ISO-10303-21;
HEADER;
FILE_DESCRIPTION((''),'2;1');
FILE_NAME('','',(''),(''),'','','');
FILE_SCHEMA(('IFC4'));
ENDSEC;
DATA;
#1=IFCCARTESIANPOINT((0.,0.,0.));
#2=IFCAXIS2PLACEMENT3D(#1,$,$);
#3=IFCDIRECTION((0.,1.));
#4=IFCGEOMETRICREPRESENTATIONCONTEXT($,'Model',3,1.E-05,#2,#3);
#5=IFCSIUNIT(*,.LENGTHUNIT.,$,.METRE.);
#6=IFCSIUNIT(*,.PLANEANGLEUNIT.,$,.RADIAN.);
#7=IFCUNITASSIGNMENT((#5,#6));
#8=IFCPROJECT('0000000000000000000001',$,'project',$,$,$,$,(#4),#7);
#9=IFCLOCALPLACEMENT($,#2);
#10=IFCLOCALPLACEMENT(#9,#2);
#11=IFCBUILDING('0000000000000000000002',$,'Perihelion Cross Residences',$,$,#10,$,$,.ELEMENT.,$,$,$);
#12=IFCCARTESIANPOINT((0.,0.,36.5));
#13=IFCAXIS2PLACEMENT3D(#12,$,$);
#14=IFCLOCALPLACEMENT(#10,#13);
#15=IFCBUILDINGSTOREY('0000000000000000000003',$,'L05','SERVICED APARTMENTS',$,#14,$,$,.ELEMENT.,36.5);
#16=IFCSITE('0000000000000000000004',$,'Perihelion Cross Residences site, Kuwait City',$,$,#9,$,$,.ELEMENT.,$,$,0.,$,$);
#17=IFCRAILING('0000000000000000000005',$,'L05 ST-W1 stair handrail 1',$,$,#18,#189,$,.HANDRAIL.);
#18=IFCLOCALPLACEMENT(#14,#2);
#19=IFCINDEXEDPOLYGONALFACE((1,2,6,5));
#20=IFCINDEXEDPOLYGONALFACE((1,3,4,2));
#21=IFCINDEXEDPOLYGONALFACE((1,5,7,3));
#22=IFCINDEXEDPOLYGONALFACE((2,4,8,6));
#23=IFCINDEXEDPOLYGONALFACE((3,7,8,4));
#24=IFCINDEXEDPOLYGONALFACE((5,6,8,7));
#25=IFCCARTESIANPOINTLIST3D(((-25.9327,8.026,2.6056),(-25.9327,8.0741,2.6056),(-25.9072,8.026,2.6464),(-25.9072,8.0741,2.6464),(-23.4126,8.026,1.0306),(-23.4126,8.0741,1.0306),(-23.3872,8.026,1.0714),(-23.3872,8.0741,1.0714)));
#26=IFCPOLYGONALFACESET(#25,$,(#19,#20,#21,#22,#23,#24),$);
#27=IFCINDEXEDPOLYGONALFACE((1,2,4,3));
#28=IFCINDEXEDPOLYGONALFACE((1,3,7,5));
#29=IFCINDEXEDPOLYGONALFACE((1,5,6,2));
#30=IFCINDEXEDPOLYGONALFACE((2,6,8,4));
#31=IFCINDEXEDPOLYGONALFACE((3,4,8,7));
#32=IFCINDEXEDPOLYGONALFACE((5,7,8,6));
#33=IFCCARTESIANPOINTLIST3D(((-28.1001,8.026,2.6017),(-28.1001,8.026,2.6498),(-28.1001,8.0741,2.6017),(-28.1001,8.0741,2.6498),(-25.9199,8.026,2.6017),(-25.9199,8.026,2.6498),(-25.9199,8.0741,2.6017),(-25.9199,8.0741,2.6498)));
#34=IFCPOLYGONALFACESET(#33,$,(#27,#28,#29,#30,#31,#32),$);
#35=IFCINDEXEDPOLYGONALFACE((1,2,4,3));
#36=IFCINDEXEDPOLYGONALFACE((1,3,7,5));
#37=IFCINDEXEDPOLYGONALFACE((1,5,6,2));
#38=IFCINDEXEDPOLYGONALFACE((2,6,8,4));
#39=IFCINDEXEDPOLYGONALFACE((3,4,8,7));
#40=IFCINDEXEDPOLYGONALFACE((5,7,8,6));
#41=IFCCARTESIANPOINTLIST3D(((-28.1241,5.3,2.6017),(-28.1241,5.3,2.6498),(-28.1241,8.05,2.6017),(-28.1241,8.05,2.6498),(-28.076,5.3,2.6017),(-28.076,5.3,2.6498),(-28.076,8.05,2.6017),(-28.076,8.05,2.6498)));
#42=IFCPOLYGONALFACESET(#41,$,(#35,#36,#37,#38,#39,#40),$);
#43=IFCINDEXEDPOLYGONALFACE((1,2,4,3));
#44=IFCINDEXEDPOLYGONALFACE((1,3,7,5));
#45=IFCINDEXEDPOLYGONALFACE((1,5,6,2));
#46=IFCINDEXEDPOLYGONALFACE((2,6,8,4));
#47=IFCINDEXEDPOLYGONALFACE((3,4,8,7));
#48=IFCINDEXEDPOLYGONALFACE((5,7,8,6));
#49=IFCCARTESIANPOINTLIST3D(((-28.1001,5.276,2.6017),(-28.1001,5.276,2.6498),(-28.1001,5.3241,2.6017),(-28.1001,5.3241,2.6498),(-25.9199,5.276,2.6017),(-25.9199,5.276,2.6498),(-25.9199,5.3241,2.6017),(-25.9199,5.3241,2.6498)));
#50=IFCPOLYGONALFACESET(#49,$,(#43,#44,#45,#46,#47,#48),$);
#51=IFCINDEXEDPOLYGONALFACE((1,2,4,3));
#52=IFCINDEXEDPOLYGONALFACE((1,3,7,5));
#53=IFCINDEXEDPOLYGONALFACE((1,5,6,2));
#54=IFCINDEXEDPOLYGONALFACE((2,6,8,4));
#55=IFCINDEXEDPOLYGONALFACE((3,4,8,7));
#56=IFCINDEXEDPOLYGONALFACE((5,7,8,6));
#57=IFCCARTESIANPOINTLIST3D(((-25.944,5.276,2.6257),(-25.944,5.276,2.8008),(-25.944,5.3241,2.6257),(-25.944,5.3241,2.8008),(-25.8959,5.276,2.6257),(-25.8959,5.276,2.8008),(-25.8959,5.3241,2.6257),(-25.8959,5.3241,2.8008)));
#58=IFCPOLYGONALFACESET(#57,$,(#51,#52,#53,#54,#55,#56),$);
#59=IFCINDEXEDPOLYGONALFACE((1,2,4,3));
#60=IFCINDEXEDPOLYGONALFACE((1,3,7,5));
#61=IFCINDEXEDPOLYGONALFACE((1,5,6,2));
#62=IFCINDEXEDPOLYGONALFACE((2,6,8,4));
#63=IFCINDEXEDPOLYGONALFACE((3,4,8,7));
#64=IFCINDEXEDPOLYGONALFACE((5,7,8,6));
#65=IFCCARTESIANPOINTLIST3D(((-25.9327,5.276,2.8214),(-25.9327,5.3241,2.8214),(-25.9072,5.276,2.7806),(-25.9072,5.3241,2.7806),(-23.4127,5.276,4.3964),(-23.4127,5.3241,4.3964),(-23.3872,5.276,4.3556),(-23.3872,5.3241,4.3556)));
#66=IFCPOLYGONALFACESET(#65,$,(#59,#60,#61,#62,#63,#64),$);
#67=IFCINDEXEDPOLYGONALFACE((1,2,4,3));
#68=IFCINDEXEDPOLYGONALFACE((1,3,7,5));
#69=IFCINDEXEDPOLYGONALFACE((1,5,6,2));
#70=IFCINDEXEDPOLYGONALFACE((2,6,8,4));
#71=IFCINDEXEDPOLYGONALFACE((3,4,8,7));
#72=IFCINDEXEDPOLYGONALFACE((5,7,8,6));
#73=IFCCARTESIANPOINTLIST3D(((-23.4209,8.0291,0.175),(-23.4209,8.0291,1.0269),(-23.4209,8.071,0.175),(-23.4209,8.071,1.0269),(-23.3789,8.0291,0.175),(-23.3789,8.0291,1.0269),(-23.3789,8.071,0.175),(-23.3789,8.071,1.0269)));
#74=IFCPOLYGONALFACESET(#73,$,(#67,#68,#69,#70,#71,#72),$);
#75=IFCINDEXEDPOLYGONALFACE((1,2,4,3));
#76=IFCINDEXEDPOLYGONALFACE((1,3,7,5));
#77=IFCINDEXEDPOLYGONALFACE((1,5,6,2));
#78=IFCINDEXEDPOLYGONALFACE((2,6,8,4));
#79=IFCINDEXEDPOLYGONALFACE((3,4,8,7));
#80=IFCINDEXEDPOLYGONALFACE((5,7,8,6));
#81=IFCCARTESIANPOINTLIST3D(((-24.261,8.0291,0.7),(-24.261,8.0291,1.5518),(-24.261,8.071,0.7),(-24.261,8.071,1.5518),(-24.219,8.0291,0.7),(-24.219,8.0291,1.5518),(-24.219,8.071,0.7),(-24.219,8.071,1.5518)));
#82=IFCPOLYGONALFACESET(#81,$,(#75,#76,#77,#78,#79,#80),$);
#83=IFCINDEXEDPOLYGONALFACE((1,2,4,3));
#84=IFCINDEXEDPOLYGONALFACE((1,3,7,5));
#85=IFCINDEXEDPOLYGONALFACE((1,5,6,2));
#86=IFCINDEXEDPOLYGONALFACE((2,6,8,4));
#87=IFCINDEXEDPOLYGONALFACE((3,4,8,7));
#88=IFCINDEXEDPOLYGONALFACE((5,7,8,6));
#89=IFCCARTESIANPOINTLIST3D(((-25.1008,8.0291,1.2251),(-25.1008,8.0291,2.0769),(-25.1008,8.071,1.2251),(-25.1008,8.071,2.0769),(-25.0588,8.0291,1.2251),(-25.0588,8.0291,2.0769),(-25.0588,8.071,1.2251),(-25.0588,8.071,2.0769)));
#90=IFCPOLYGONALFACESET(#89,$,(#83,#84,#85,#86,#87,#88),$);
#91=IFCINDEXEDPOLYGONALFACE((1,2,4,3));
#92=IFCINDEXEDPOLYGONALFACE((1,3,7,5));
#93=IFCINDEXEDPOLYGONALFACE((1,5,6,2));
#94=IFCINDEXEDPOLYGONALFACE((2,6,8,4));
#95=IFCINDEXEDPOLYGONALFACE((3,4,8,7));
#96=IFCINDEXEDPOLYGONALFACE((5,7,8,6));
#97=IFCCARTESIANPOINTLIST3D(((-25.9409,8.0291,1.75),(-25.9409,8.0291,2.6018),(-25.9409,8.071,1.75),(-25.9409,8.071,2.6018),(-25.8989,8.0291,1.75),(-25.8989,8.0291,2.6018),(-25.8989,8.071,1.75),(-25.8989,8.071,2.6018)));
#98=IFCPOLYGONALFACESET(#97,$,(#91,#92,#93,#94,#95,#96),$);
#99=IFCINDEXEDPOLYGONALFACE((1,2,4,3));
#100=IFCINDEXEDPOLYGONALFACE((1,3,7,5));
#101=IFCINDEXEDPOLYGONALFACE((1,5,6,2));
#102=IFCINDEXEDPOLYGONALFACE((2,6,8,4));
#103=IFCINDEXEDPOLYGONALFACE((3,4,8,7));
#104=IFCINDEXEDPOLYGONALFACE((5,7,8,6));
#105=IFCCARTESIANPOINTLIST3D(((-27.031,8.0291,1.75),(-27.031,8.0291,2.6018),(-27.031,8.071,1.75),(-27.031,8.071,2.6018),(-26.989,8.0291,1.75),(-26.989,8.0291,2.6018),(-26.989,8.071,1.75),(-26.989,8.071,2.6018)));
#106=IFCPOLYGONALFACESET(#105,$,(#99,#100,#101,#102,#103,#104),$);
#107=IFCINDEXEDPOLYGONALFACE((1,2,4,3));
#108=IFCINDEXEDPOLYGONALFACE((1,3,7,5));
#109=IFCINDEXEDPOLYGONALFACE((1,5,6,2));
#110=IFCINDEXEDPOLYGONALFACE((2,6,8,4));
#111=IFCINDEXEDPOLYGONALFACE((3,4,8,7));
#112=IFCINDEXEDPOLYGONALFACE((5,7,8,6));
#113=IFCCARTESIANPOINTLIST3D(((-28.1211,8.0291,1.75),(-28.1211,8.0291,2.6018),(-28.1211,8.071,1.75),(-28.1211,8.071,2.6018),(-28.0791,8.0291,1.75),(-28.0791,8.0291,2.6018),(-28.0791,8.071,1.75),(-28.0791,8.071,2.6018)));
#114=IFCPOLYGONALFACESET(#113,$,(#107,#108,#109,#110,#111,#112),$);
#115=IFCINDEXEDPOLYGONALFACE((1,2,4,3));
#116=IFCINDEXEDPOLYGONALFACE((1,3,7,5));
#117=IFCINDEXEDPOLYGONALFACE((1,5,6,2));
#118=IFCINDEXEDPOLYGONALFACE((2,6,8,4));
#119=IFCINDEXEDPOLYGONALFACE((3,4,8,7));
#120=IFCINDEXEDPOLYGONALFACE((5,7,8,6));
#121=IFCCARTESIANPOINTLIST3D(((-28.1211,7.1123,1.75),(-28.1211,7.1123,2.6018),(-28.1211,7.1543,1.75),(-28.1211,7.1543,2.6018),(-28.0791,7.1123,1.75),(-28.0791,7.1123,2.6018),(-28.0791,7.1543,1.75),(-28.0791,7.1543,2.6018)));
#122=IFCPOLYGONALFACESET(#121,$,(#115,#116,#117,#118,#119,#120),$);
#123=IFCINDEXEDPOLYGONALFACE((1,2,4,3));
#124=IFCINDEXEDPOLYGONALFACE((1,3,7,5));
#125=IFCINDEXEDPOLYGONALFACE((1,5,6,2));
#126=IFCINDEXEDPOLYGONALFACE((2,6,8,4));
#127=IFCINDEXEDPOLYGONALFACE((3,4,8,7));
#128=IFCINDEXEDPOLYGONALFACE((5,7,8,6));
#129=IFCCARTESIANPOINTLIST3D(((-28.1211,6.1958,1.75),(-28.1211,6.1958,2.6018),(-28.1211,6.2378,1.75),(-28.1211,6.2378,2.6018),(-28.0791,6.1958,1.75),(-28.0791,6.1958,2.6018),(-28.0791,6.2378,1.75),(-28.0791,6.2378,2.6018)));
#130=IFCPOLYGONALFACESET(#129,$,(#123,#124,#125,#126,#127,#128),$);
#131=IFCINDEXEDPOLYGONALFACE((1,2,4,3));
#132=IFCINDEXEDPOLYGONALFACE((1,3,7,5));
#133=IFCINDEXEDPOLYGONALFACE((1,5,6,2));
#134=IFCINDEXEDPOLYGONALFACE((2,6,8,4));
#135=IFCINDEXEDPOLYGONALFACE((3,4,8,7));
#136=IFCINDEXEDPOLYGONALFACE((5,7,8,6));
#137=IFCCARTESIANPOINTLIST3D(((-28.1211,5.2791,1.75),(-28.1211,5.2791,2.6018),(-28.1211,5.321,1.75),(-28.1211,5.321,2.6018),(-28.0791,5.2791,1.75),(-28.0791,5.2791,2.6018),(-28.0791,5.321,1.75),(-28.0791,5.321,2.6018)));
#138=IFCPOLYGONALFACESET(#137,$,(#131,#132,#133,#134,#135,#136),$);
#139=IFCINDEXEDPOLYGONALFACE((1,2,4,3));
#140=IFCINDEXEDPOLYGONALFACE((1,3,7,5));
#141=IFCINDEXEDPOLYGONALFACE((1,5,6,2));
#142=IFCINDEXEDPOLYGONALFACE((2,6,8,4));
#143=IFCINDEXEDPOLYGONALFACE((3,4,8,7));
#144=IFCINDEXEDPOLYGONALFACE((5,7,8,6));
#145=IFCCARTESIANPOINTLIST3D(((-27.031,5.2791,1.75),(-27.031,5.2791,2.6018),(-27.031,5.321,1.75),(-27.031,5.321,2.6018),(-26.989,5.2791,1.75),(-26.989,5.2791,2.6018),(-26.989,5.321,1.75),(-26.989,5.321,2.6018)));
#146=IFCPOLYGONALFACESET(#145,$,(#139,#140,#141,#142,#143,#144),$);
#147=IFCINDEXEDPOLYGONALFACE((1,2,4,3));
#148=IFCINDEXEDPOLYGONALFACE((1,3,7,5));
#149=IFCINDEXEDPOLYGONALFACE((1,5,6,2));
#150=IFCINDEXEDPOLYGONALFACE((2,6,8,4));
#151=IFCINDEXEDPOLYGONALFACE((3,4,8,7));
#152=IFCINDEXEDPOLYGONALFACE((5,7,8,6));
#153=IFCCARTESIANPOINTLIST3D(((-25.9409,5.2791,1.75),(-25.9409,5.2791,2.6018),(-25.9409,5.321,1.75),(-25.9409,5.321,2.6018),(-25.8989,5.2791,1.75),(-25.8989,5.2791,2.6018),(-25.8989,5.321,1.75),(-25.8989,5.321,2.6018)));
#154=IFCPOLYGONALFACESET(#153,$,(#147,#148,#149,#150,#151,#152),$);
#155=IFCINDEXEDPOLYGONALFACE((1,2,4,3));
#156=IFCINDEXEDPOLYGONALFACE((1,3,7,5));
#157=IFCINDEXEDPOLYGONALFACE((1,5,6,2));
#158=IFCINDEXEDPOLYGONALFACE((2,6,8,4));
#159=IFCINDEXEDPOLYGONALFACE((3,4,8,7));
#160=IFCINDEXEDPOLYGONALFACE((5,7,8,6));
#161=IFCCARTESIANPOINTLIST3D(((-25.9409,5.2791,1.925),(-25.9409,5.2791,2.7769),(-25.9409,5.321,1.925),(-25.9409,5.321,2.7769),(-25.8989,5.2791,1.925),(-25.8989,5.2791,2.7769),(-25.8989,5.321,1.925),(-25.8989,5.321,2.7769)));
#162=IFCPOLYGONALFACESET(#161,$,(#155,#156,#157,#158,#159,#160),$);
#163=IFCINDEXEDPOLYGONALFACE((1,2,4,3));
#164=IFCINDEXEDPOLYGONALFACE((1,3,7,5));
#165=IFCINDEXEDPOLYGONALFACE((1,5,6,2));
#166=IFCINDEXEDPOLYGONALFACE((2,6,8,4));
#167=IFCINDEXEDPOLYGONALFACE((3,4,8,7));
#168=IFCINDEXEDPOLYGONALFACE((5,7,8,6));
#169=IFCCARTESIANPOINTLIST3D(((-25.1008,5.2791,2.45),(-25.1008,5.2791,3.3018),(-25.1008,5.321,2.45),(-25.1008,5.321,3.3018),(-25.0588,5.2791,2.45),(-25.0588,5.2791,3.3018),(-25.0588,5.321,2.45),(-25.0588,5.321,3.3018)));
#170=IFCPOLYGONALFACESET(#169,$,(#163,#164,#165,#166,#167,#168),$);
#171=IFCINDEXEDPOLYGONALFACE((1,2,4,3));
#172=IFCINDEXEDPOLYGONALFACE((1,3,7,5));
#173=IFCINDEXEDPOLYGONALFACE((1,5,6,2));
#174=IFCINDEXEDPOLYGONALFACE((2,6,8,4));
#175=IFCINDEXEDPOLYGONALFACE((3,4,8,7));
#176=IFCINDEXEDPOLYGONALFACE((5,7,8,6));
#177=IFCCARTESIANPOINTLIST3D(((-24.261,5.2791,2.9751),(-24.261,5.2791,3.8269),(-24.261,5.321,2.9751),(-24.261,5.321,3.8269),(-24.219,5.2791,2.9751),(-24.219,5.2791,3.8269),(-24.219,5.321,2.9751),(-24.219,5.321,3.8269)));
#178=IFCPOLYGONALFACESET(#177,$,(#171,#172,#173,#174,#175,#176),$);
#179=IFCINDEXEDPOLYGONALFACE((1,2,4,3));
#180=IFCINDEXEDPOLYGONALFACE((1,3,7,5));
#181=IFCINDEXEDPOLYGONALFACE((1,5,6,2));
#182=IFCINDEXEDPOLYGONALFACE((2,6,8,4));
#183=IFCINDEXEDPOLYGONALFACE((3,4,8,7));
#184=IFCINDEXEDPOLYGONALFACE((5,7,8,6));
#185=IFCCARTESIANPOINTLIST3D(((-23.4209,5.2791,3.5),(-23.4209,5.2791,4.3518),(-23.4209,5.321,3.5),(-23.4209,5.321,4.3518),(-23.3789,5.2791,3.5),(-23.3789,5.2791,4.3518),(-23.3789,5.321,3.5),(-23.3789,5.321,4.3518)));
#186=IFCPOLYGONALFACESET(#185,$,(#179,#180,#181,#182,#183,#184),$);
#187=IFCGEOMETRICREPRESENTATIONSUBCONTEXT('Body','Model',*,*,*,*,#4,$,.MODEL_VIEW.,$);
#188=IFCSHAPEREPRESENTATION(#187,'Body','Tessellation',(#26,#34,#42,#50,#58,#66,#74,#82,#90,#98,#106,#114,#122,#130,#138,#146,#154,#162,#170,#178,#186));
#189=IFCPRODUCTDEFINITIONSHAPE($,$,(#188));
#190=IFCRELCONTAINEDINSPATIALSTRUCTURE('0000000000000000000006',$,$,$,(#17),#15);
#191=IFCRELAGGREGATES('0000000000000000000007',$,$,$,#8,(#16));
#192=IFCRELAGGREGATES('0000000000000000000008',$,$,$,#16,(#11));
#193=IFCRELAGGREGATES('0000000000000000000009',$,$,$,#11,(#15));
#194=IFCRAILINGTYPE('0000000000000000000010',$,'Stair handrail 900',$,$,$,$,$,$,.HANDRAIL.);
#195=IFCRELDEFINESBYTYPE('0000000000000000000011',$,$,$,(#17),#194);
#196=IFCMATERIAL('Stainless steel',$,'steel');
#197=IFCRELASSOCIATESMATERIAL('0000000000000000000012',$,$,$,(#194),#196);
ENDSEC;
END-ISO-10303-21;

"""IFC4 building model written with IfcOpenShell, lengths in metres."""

from ifc_helpers import new_model, si_unit, direction, frame, origin, origin_2d, place, context, subcontext, project, spatial, rectangle, extrude, material, type_object, element, save


model = new_model("IFC4")

# Units and contexts
model_context = context("Model", 3, precision=1e-05, world=origin(), true_north=direction((0.0, 1.0)))
body_context = subcontext(model_context, "Body", "Model", "MODEL_VIEW")
ifc_project = project(units=[si_unit("LENGTHUNIT", "METRE"), si_unit("PLANEANGLEUNIT", "RADIAN")], contexts=[model_context])

# Site, building, storey
site_placement = place(None, origin())
site = spatial("IfcSite", under=ifc_project, at=site_placement, Name="Perihelion Cross Residences site, Kuwait City", CompositionType="ELEMENT", RefElevation=0.0)
building_placement = place(site_placement, origin())
building = spatial("IfcBuilding", under=site, at=building_placement, Name="Perihelion Cross Residences", CompositionType="ELEMENT")
storey_placement = place(building_placement, frame((0.0, 0.0, 36.5)))
storey = spatial("IfcBuildingStorey", under=building, at=storey_placement, Name="L05", Description="SERVICED APARTMENTS", CompositionType="ELEMENT", Elevation=36.5)

# Railing
ifc_material_1 = material(Name="Stainless steel", Category="steel")
railing_type_1 = type_object("IfcRailingType", Name="Stair handrail 900", PredefinedType="HANDRAIL", material=ifc_material_1)
railing_1_placement = place(storey_placement, frame((-23.3999, 8.05, 0.175)))
element("IfcRailing", 1, at=railing_1_placement, inside=storey, type_object=railing_type_1, Name="L05 ST-W1 stair handrail 1", PredefinedType="HANDRAIL", context=body_context, shape_type="SweptSolid", body=[
    extrude(rectangle(XDim=0.0481, YDim=0.0481, at=origin_2d()), frame((0.0, 0.0, 0.876), z_axis=(-0.848008, 0.0, 0.529984), x_axis=(0.0, -1.0, 0.0)), (0.0, 0.0, 1.0), 2.9717),
    extrude(rectangle(XDim=0.0481, YDim=0.0481, at=origin_2d()), frame((-2.52, 0.0, 2.4507), z_axis=(-1.0, 0.0, 0.0), x_axis=(0.0, -1.0, 0.0)), (0.0, 0.0, 1.0), 2.1802),
    extrude(rectangle(XDim=0.0481, YDim=0.0481, at=origin_2d()), frame((-4.7002, 0.0, 2.4507), z_axis=(0.0, -1.0, 0.0), x_axis=(1.0, 0.0, 0.0)), (0.0, 0.0, 1.0), 2.75),
    extrude(rectangle(XDim=0.0481, YDim=0.0481, at=origin_2d()), frame((-4.7002, -2.75, 2.4507), z_axis=(1.0, 0.0, 0.0), x_axis=(0.0, 1.0, 0.0)), (0.0, 0.0, 1.0), 2.1802),
    extrude(rectangle(XDim=0.0481, YDim=0.0481, at=origin_2d()), frame((-2.52, -2.75, 2.4507), z_axis=(0.0, 0.0, 1.0), x_axis=(1.0, 0.0, 0.0)), (0.0, 0.0, 1.0), 0.175),
    extrude(rectangle(XDim=0.0481, YDim=0.0481, at=origin_2d()), frame((-2.52, -2.75, 2.626), z_axis=(0.848008, 0.0, 0.529984), x_axis=(0.0, 1.0, 0.0)), (0.0, 0.0, 1.0), 2.9717),
    extrude(rectangle(XDim=0.042, YDim=0.042, at=origin_2d()), origin(), (0.0, 0.0, 1.0), 0.8518),
    extrude(rectangle(XDim=0.042, YDim=0.042, at=origin_2d()), frame((-0.8401, 0.0, 0.5249)), (0.0, 0.0, 1.0), 0.8518),
    extrude(rectangle(XDim=0.042, YDim=0.042, at=origin_2d()), frame((-1.6799, 0.0, 1.05)), (0.0, 0.0, 1.0), 0.8518),
    extrude(rectangle(XDim=0.042, YDim=0.042, at=origin_2d()), frame((-2.52, 0.0, 1.575)), (0.0, 0.0, 1.0), 0.8518),
    extrude(rectangle(XDim=0.042, YDim=0.042, at=origin_2d()), frame((-3.6101, 0.0, 1.575)), (0.0, 0.0, 1.0), 0.8518),
    extrude(rectangle(XDim=0.042, YDim=0.042, at=origin_2d()), frame((-4.7002, 0.0, 1.575)), (0.0, 0.0, 1.0), 0.8518),
    extrude(rectangle(XDim=0.042, YDim=0.042, at=origin_2d()), frame((-4.7002, -0.9167, 1.575)), (0.0, 0.0, 1.0), 0.8518),
    extrude(rectangle(XDim=0.042, YDim=0.042, at=origin_2d()), frame((-4.7002, -1.8333, 1.575)), (0.0, 0.0, 1.0), 0.8518),
    extrude(rectangle(XDim=0.042, YDim=0.042, at=origin_2d()), frame((-4.7002, -2.75, 1.575)), (0.0, 0.0, 1.0), 0.8518),
    extrude(rectangle(XDim=0.042, YDim=0.042, at=origin_2d()), frame((-3.6101, -2.75, 1.575)), (0.0, 0.0, 1.0), 0.8518),
    extrude(rectangle(XDim=0.042, YDim=0.042, at=origin_2d()), frame((-2.52, -2.75, 1.575)), (0.0, 0.0, 1.0), 0.8518),
    extrude(rectangle(XDim=0.042, YDim=0.042, at=origin_2d()), frame((-2.52, -2.75, 1.75)), (0.0, 0.0, 1.0), 0.8518),
    extrude(rectangle(XDim=0.042, YDim=0.042, at=origin_2d()), frame((-1.6799, -2.75, 2.2749)), (0.0, 0.0, 1.0), 0.8518),
    extrude(rectangle(XDim=0.042, YDim=0.042, at=origin_2d()), frame((-0.8401, -2.75, 2.8)), (0.0, 0.0, 1.0), 0.8518),
    extrude(rectangle(XDim=0.042, YDim=0.042, at=origin_2d()), frame((0.0, -2.75, 3.325)), (0.0, 0.0, 1.0), 0.8518),
])

save(model, "model.ifc")
